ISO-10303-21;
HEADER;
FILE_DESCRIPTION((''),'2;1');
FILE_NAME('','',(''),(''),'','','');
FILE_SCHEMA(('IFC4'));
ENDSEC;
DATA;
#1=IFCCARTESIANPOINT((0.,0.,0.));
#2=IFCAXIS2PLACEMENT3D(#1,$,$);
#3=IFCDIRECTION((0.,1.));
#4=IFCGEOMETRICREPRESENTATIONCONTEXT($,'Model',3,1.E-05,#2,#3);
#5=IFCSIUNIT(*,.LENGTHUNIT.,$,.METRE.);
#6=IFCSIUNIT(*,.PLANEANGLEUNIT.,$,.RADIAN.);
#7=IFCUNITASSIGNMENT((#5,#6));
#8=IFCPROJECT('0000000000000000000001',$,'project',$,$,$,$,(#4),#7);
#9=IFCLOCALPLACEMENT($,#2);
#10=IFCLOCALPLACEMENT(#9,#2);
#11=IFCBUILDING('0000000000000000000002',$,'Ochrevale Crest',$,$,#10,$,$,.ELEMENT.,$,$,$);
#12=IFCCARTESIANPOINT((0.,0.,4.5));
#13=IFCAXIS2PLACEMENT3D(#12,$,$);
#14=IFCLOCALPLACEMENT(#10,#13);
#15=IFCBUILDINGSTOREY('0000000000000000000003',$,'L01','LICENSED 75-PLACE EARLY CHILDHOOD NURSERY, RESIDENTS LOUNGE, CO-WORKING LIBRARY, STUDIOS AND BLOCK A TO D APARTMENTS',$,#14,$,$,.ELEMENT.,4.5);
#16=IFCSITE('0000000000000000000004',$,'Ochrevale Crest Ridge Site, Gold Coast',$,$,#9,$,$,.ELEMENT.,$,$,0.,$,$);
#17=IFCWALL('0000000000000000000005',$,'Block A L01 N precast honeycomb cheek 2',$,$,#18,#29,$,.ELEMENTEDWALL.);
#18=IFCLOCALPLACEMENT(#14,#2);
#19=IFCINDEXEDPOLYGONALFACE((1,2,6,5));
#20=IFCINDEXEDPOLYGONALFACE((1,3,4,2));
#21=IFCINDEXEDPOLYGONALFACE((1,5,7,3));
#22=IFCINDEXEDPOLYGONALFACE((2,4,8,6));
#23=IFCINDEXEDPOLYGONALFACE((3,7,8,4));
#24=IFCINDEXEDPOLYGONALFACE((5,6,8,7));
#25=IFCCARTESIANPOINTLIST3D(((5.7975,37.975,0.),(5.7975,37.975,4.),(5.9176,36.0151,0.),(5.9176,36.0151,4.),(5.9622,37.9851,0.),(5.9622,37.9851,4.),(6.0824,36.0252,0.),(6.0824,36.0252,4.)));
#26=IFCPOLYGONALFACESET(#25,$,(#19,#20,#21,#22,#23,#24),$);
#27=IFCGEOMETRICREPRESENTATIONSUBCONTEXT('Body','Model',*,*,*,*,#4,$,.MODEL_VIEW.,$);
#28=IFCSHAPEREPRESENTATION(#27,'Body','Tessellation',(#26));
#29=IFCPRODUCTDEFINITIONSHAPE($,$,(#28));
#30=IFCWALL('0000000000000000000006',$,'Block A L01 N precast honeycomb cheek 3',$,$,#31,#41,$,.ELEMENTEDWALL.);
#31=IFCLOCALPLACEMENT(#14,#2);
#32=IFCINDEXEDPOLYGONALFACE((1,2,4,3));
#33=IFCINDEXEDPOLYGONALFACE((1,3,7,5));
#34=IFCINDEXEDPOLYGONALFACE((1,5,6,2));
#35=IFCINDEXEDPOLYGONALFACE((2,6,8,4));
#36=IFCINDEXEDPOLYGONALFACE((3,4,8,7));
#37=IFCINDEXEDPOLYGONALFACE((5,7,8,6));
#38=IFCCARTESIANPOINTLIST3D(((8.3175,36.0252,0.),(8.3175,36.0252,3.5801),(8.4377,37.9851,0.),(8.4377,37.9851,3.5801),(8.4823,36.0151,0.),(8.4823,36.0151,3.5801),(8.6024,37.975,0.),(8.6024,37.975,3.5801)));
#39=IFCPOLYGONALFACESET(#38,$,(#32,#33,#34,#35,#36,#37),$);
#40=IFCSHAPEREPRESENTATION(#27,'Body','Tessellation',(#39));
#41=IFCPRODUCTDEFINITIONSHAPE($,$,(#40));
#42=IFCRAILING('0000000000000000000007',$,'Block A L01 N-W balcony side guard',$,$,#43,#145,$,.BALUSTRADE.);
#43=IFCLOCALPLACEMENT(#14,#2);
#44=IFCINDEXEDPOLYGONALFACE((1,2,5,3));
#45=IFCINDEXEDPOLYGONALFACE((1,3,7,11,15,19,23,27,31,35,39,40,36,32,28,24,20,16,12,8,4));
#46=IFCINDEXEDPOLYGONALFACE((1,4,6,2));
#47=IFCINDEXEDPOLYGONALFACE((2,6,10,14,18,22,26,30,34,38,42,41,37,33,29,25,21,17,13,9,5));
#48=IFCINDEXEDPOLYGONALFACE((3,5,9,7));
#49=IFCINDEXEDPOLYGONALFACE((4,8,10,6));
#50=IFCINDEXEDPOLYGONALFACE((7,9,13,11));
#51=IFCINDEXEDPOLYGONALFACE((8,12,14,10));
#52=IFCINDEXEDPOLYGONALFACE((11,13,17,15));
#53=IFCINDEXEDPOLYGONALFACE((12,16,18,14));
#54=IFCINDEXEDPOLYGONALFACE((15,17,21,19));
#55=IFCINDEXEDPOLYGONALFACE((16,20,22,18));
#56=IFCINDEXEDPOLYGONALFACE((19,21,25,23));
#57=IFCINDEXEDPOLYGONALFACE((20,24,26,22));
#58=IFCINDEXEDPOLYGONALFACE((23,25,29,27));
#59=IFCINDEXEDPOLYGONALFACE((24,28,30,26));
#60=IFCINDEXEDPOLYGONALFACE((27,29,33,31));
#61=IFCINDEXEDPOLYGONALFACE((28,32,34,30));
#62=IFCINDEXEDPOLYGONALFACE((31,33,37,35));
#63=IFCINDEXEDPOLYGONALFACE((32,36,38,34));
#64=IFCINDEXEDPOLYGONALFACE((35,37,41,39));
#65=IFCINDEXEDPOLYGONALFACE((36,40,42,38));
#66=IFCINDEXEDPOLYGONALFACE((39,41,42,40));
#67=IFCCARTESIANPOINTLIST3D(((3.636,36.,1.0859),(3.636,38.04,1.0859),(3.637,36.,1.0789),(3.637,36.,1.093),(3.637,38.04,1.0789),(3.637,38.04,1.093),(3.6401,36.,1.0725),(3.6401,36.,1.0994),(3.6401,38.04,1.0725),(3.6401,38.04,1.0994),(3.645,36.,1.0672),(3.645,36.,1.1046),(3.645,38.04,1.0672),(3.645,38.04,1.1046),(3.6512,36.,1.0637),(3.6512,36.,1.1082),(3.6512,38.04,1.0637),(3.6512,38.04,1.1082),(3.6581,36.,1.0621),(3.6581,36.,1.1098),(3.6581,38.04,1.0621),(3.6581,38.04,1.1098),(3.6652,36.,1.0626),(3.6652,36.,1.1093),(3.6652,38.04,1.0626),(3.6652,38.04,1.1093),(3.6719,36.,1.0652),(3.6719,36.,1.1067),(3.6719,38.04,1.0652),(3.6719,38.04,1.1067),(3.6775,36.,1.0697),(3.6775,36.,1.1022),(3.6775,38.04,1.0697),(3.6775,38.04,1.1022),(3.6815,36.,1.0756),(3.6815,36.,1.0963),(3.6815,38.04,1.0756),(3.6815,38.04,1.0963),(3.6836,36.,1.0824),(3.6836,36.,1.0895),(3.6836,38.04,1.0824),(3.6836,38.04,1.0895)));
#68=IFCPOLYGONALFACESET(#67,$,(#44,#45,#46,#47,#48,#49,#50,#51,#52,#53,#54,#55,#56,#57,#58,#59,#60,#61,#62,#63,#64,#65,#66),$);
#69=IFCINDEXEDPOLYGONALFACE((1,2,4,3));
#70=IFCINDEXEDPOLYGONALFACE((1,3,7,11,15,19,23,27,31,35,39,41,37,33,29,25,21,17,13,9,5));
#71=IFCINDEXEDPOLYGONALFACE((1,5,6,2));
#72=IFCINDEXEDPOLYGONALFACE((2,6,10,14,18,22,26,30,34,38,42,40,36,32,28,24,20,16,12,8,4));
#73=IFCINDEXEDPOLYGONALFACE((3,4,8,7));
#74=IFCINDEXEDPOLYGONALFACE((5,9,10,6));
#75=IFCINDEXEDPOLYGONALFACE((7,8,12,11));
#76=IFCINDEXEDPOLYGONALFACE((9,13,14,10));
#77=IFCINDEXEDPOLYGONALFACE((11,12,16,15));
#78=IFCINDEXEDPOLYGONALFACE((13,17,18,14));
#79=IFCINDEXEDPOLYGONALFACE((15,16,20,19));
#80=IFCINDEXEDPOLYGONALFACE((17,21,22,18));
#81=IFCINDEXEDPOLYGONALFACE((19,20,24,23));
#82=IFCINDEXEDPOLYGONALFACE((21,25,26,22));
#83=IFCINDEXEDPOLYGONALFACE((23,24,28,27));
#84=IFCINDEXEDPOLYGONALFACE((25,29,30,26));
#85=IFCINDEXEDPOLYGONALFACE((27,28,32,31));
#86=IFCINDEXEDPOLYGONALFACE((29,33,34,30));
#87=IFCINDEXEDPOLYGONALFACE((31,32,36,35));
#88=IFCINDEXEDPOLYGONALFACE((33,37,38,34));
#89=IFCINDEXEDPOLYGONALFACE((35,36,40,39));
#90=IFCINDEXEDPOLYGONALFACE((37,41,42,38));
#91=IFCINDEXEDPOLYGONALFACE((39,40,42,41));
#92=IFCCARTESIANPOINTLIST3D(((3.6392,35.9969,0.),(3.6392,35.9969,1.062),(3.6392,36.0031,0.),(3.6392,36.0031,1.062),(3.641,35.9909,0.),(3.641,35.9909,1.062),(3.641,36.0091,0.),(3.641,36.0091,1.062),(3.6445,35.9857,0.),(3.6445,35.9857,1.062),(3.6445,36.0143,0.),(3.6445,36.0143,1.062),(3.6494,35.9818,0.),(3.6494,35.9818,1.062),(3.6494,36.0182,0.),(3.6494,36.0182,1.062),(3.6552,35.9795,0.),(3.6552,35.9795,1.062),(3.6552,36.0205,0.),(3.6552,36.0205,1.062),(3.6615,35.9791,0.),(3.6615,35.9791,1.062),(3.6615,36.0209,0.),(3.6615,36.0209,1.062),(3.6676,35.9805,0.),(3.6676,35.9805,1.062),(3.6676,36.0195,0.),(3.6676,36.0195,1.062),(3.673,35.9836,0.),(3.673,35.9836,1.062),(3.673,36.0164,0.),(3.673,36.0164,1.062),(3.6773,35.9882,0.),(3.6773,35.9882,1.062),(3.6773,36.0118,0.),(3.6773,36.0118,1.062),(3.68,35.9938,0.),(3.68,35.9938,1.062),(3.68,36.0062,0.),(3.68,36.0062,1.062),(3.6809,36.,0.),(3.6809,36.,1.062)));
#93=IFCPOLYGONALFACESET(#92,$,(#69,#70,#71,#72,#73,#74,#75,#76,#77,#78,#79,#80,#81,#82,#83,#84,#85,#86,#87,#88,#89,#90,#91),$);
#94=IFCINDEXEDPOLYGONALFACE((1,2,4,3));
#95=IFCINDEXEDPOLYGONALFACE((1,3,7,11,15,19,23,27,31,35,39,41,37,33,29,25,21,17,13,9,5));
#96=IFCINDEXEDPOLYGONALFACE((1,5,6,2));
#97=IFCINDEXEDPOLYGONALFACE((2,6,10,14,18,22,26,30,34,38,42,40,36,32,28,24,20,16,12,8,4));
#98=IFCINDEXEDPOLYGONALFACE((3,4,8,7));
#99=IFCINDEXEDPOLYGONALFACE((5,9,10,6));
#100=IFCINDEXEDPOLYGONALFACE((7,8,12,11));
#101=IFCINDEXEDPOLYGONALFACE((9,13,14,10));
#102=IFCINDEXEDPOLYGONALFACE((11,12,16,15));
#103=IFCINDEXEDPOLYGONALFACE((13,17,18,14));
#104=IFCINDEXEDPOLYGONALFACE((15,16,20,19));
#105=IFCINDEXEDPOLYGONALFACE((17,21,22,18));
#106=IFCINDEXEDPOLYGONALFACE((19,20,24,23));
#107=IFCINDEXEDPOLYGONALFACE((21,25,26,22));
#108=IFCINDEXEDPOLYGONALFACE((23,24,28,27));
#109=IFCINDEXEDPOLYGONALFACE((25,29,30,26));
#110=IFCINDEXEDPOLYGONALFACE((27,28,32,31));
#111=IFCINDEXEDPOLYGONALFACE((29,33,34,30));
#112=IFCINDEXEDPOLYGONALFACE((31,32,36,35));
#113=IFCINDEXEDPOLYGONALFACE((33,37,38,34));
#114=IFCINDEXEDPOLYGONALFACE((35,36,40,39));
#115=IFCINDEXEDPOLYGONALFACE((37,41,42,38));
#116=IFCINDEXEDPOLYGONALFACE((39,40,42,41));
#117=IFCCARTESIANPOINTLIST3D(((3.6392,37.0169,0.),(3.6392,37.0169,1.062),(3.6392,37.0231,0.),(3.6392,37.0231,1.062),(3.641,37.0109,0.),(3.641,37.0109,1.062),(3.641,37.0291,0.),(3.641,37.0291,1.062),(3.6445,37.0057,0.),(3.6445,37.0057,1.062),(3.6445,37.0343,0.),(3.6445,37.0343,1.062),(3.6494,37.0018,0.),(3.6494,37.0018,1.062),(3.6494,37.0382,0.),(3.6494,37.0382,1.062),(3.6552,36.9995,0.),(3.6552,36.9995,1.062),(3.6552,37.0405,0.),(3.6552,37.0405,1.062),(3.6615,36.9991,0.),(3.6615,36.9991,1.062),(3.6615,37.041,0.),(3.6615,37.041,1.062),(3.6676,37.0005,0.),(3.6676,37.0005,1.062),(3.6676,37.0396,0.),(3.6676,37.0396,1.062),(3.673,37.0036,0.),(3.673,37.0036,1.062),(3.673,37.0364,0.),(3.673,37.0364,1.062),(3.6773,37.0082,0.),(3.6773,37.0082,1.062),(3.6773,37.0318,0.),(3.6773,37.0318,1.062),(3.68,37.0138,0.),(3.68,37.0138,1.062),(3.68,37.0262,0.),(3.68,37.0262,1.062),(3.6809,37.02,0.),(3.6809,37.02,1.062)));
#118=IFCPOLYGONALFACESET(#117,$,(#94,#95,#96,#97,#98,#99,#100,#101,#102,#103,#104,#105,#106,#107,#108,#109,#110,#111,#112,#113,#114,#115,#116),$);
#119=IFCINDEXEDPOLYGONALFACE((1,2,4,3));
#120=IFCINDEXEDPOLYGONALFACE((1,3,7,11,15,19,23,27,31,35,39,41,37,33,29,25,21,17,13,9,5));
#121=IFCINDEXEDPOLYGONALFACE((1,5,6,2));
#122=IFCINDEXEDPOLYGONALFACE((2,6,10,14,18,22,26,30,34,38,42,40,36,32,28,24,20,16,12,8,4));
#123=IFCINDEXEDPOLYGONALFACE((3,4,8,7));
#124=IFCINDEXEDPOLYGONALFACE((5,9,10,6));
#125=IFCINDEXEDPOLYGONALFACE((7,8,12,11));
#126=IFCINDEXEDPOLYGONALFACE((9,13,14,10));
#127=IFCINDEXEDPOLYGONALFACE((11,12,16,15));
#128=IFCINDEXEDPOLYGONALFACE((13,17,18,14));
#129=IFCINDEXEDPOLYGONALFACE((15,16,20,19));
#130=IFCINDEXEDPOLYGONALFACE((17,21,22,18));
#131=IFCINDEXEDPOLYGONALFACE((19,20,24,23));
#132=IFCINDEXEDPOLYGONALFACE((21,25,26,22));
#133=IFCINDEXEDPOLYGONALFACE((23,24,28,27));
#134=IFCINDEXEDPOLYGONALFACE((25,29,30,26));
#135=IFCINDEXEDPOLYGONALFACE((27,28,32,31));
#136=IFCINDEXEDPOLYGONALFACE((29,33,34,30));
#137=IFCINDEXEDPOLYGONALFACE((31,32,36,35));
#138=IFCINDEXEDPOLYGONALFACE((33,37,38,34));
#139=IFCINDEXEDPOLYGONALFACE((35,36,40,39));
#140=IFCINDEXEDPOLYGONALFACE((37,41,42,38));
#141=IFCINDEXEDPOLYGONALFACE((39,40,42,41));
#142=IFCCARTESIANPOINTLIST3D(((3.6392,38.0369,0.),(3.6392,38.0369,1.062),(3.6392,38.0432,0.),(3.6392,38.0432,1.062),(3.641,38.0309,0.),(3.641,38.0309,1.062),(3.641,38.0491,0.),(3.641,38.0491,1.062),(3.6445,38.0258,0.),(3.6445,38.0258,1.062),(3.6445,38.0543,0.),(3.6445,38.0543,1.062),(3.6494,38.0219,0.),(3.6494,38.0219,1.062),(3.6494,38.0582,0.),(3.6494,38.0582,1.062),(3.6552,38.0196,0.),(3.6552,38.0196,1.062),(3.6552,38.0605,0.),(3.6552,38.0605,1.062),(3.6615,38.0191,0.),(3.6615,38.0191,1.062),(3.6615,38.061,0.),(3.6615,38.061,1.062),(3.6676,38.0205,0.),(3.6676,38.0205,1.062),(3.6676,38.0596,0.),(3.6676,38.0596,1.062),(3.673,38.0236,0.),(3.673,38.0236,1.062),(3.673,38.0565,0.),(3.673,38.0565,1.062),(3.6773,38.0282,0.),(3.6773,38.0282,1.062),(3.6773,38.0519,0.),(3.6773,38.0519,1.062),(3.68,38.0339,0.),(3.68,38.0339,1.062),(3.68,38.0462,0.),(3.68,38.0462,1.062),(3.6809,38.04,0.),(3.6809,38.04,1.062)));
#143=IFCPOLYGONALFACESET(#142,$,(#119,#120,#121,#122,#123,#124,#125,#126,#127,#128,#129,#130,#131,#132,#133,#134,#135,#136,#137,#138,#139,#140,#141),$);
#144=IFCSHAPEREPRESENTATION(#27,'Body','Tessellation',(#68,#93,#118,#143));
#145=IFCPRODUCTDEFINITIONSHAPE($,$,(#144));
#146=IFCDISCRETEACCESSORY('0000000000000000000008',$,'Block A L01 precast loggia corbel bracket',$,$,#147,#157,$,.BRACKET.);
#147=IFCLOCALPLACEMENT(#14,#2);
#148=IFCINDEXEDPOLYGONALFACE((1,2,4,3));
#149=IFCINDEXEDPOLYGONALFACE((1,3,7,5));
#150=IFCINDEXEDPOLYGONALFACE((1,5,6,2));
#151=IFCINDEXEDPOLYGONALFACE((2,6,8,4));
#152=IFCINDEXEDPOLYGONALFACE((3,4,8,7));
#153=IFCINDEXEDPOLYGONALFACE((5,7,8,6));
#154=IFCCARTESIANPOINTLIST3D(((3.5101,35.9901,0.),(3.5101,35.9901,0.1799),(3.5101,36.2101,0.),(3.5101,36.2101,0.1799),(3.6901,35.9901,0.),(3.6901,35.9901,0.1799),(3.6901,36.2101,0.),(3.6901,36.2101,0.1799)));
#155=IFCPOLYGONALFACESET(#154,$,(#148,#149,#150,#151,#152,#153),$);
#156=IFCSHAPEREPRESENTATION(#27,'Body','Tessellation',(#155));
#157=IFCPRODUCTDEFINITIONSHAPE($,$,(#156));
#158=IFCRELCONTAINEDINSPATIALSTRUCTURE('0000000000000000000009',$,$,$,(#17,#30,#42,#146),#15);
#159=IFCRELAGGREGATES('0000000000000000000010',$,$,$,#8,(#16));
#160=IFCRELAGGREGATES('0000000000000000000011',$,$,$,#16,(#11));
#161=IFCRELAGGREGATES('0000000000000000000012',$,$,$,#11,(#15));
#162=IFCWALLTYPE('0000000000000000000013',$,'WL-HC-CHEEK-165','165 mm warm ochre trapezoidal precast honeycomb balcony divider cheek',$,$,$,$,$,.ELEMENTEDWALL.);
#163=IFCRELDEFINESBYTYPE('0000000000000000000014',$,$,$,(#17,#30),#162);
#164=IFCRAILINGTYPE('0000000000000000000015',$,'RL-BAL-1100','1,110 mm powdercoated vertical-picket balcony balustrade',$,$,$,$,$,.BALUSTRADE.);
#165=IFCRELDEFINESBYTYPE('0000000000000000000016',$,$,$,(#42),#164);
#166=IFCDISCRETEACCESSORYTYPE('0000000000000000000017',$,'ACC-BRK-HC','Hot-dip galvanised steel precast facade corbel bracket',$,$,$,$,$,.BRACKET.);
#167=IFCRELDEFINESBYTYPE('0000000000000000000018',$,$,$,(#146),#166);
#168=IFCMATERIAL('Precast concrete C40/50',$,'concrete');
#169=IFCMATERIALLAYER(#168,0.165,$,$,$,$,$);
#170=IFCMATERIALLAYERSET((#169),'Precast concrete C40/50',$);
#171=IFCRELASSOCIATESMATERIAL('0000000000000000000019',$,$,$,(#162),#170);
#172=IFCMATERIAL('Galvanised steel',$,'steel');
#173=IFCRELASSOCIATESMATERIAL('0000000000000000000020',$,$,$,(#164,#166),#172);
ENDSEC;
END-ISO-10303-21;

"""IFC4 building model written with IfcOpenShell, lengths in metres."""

from ifc_helpers import new_model, si_unit, direction, frame, frame_2d, origin, origin_2d, place, context, subcontext, project, spatial, rectangle, circle, extrude, material, layer, layer_set, type_object, element, save


model = new_model("IFC4")

# Units and contexts
model_context = context("Model", 3, precision=1e-05, world=origin(), true_north=direction((0.0, 1.0)))
body_context = subcontext(model_context, "Body", "Model", "MODEL_VIEW")
ifc_project = project(units=[si_unit("LENGTHUNIT", "METRE"), si_unit("PLANEANGLEUNIT", "RADIAN")], contexts=[model_context])

# Site, building, storey
site_placement = place(None, origin())
site = spatial("IfcSite", under=ifc_project, at=site_placement, Name="Ochrevale Crest Ridge Site, Gold Coast", CompositionType="ELEMENT", RefElevation=0.0)
building_placement = place(site_placement, origin())
building = spatial("IfcBuilding", under=site, at=building_placement, Name="Ochrevale Crest", CompositionType="ELEMENT")
storey_placement = place(building_placement, frame((0.0, 0.0, 4.5)))
storey = spatial("IfcBuildingStorey", under=building, at=storey_placement, Name="L01", Description="LICENSED 75-PLACE EARLY CHILDHOOD NURSERY, RESIDENTS LOUNGE, CO-WORKING LIBRARY, STUDIOS AND BLOCK A TO D APARTMENTS", CompositionType="ELEMENT", Elevation=4.5)

# Shared definitions
ifc_material_1 = material(Name="Precast concrete C40/50", Category="concrete")

# Walls
ifc_layer_1 = layer(ifc_material_1, 0.165)
ifc_layer_set_1 = layer_set([ifc_layer_1], Name="Precast concrete C40/50")
wall_type = type_object("IfcWallType", Name="WL-HC-CHEEK-165", Description="165 mm warm ochre trapezoidal precast honeycomb balcony divider cheek", PredefinedType="ELEMENTEDWALL", material=ifc_layer_set_1)
wall_1_placement = place(storey_placement, frame((6.0, 36.02, 0.0), z_axis=(0.0, 0.0, 1.0), x_axis=(-0.061171, 0.998127, 0.0)))
element("IfcWall", 1, at=wall_1_placement, inside=storey, type_object=wall_type, Name="Block A L01 N precast honeycomb cheek 2", PredefinedType="ELEMENTEDWALL", context=body_context, shape_type="SweptSolid", body=[
    extrude(rectangle(XDim=1.9636, YDim=0.165, at=frame_2d((0.9819, 0.0))), origin(), (0.0, 0.0, 1.0), 4.0),
])
wall_2_placement = place(storey_placement, frame((8.3999, 36.02, 0.0), z_axis=(0.0, 0.0, 1.0), x_axis=(0.061171, 0.998127, 0.0)))
element("IfcWall", 2, at=wall_2_placement, inside=storey, type_object=wall_type, Name="Block A L01 N precast honeycomb cheek 3", PredefinedType="ELEMENTEDWALL", context=body_context, shape_type="SweptSolid", body=[
    extrude(rectangle(XDim=1.9636, YDim=0.165, at=frame_2d((0.9819, 0.0))), origin(), (0.0, 0.0, 1.0), 3.5801),
])

# Railing
ifc_material_2 = material(Name="Galvanised steel", Category="steel")
railing_type = type_object("IfcRailingType", Name="RL-BAL-1100", Description="1,110 mm powdercoated vertical-picket balcony balustrade", PredefinedType="BALUSTRADE", material=ifc_material_2)
railing_placement = place(storey_placement, frame((3.6599, 36.0, 0.0)))
element("IfcRailing", 3, at=railing_placement, inside=storey, type_object=railing_type, Name="Block A L01 N-W balcony side guard", PredefinedType="BALUSTRADE", context=body_context, shape_type="SweptSolid", body=[
    extrude(circle(Radius=0.0239, at=origin_2d()), frame((0.0, 0.0, 1.0859), z_axis=(0.0, 1.0, 0.0), x_axis=(-1.0, 0.0, 0.0)), (0.0, 0.0, 1.0), 2.04),
    extrude(circle(Radius=0.021, at=origin_2d()), origin(), (0.0, 0.0, 1.0), 1.062),
    extrude(circle(Radius=0.021, at=origin_2d()), frame((0.0, 1.02, 0.0)), (0.0, 0.0, 1.0), 1.062),
    extrude(circle(Radius=0.021, at=origin_2d()), frame((0.0, 2.04, 0.0)), (0.0, 0.0, 1.0), 1.062),
])

# Discrete accessory
discrete_accessory_type = type_object("IfcDiscreteAccessoryType", Name="ACC-BRK-HC", Description="Hot-dip galvanised steel precast facade corbel bracket", PredefinedType="BRACKET", material=ifc_material_2)
discrete_accessory_placement = place(storey_placement, frame((3.6001, 36.1001, 0.0), z_axis=(0.0, 0.0, 1.0), x_axis=(1.0, 0.0, 0.0)))
element("IfcDiscreteAccessory", 4, at=discrete_accessory_placement, inside=storey, type_object=discrete_accessory_type, Name="Block A L01 precast loggia corbel bracket", PredefinedType="BRACKET", context=body_context, shape_type="SweptSolid", body=[
    extrude(rectangle(XDim=0.1799, YDim=0.22, at=origin_2d()), origin(), (0.0, 0.0, 1.0), 0.1799),
])

save(model, "model.ifc")
